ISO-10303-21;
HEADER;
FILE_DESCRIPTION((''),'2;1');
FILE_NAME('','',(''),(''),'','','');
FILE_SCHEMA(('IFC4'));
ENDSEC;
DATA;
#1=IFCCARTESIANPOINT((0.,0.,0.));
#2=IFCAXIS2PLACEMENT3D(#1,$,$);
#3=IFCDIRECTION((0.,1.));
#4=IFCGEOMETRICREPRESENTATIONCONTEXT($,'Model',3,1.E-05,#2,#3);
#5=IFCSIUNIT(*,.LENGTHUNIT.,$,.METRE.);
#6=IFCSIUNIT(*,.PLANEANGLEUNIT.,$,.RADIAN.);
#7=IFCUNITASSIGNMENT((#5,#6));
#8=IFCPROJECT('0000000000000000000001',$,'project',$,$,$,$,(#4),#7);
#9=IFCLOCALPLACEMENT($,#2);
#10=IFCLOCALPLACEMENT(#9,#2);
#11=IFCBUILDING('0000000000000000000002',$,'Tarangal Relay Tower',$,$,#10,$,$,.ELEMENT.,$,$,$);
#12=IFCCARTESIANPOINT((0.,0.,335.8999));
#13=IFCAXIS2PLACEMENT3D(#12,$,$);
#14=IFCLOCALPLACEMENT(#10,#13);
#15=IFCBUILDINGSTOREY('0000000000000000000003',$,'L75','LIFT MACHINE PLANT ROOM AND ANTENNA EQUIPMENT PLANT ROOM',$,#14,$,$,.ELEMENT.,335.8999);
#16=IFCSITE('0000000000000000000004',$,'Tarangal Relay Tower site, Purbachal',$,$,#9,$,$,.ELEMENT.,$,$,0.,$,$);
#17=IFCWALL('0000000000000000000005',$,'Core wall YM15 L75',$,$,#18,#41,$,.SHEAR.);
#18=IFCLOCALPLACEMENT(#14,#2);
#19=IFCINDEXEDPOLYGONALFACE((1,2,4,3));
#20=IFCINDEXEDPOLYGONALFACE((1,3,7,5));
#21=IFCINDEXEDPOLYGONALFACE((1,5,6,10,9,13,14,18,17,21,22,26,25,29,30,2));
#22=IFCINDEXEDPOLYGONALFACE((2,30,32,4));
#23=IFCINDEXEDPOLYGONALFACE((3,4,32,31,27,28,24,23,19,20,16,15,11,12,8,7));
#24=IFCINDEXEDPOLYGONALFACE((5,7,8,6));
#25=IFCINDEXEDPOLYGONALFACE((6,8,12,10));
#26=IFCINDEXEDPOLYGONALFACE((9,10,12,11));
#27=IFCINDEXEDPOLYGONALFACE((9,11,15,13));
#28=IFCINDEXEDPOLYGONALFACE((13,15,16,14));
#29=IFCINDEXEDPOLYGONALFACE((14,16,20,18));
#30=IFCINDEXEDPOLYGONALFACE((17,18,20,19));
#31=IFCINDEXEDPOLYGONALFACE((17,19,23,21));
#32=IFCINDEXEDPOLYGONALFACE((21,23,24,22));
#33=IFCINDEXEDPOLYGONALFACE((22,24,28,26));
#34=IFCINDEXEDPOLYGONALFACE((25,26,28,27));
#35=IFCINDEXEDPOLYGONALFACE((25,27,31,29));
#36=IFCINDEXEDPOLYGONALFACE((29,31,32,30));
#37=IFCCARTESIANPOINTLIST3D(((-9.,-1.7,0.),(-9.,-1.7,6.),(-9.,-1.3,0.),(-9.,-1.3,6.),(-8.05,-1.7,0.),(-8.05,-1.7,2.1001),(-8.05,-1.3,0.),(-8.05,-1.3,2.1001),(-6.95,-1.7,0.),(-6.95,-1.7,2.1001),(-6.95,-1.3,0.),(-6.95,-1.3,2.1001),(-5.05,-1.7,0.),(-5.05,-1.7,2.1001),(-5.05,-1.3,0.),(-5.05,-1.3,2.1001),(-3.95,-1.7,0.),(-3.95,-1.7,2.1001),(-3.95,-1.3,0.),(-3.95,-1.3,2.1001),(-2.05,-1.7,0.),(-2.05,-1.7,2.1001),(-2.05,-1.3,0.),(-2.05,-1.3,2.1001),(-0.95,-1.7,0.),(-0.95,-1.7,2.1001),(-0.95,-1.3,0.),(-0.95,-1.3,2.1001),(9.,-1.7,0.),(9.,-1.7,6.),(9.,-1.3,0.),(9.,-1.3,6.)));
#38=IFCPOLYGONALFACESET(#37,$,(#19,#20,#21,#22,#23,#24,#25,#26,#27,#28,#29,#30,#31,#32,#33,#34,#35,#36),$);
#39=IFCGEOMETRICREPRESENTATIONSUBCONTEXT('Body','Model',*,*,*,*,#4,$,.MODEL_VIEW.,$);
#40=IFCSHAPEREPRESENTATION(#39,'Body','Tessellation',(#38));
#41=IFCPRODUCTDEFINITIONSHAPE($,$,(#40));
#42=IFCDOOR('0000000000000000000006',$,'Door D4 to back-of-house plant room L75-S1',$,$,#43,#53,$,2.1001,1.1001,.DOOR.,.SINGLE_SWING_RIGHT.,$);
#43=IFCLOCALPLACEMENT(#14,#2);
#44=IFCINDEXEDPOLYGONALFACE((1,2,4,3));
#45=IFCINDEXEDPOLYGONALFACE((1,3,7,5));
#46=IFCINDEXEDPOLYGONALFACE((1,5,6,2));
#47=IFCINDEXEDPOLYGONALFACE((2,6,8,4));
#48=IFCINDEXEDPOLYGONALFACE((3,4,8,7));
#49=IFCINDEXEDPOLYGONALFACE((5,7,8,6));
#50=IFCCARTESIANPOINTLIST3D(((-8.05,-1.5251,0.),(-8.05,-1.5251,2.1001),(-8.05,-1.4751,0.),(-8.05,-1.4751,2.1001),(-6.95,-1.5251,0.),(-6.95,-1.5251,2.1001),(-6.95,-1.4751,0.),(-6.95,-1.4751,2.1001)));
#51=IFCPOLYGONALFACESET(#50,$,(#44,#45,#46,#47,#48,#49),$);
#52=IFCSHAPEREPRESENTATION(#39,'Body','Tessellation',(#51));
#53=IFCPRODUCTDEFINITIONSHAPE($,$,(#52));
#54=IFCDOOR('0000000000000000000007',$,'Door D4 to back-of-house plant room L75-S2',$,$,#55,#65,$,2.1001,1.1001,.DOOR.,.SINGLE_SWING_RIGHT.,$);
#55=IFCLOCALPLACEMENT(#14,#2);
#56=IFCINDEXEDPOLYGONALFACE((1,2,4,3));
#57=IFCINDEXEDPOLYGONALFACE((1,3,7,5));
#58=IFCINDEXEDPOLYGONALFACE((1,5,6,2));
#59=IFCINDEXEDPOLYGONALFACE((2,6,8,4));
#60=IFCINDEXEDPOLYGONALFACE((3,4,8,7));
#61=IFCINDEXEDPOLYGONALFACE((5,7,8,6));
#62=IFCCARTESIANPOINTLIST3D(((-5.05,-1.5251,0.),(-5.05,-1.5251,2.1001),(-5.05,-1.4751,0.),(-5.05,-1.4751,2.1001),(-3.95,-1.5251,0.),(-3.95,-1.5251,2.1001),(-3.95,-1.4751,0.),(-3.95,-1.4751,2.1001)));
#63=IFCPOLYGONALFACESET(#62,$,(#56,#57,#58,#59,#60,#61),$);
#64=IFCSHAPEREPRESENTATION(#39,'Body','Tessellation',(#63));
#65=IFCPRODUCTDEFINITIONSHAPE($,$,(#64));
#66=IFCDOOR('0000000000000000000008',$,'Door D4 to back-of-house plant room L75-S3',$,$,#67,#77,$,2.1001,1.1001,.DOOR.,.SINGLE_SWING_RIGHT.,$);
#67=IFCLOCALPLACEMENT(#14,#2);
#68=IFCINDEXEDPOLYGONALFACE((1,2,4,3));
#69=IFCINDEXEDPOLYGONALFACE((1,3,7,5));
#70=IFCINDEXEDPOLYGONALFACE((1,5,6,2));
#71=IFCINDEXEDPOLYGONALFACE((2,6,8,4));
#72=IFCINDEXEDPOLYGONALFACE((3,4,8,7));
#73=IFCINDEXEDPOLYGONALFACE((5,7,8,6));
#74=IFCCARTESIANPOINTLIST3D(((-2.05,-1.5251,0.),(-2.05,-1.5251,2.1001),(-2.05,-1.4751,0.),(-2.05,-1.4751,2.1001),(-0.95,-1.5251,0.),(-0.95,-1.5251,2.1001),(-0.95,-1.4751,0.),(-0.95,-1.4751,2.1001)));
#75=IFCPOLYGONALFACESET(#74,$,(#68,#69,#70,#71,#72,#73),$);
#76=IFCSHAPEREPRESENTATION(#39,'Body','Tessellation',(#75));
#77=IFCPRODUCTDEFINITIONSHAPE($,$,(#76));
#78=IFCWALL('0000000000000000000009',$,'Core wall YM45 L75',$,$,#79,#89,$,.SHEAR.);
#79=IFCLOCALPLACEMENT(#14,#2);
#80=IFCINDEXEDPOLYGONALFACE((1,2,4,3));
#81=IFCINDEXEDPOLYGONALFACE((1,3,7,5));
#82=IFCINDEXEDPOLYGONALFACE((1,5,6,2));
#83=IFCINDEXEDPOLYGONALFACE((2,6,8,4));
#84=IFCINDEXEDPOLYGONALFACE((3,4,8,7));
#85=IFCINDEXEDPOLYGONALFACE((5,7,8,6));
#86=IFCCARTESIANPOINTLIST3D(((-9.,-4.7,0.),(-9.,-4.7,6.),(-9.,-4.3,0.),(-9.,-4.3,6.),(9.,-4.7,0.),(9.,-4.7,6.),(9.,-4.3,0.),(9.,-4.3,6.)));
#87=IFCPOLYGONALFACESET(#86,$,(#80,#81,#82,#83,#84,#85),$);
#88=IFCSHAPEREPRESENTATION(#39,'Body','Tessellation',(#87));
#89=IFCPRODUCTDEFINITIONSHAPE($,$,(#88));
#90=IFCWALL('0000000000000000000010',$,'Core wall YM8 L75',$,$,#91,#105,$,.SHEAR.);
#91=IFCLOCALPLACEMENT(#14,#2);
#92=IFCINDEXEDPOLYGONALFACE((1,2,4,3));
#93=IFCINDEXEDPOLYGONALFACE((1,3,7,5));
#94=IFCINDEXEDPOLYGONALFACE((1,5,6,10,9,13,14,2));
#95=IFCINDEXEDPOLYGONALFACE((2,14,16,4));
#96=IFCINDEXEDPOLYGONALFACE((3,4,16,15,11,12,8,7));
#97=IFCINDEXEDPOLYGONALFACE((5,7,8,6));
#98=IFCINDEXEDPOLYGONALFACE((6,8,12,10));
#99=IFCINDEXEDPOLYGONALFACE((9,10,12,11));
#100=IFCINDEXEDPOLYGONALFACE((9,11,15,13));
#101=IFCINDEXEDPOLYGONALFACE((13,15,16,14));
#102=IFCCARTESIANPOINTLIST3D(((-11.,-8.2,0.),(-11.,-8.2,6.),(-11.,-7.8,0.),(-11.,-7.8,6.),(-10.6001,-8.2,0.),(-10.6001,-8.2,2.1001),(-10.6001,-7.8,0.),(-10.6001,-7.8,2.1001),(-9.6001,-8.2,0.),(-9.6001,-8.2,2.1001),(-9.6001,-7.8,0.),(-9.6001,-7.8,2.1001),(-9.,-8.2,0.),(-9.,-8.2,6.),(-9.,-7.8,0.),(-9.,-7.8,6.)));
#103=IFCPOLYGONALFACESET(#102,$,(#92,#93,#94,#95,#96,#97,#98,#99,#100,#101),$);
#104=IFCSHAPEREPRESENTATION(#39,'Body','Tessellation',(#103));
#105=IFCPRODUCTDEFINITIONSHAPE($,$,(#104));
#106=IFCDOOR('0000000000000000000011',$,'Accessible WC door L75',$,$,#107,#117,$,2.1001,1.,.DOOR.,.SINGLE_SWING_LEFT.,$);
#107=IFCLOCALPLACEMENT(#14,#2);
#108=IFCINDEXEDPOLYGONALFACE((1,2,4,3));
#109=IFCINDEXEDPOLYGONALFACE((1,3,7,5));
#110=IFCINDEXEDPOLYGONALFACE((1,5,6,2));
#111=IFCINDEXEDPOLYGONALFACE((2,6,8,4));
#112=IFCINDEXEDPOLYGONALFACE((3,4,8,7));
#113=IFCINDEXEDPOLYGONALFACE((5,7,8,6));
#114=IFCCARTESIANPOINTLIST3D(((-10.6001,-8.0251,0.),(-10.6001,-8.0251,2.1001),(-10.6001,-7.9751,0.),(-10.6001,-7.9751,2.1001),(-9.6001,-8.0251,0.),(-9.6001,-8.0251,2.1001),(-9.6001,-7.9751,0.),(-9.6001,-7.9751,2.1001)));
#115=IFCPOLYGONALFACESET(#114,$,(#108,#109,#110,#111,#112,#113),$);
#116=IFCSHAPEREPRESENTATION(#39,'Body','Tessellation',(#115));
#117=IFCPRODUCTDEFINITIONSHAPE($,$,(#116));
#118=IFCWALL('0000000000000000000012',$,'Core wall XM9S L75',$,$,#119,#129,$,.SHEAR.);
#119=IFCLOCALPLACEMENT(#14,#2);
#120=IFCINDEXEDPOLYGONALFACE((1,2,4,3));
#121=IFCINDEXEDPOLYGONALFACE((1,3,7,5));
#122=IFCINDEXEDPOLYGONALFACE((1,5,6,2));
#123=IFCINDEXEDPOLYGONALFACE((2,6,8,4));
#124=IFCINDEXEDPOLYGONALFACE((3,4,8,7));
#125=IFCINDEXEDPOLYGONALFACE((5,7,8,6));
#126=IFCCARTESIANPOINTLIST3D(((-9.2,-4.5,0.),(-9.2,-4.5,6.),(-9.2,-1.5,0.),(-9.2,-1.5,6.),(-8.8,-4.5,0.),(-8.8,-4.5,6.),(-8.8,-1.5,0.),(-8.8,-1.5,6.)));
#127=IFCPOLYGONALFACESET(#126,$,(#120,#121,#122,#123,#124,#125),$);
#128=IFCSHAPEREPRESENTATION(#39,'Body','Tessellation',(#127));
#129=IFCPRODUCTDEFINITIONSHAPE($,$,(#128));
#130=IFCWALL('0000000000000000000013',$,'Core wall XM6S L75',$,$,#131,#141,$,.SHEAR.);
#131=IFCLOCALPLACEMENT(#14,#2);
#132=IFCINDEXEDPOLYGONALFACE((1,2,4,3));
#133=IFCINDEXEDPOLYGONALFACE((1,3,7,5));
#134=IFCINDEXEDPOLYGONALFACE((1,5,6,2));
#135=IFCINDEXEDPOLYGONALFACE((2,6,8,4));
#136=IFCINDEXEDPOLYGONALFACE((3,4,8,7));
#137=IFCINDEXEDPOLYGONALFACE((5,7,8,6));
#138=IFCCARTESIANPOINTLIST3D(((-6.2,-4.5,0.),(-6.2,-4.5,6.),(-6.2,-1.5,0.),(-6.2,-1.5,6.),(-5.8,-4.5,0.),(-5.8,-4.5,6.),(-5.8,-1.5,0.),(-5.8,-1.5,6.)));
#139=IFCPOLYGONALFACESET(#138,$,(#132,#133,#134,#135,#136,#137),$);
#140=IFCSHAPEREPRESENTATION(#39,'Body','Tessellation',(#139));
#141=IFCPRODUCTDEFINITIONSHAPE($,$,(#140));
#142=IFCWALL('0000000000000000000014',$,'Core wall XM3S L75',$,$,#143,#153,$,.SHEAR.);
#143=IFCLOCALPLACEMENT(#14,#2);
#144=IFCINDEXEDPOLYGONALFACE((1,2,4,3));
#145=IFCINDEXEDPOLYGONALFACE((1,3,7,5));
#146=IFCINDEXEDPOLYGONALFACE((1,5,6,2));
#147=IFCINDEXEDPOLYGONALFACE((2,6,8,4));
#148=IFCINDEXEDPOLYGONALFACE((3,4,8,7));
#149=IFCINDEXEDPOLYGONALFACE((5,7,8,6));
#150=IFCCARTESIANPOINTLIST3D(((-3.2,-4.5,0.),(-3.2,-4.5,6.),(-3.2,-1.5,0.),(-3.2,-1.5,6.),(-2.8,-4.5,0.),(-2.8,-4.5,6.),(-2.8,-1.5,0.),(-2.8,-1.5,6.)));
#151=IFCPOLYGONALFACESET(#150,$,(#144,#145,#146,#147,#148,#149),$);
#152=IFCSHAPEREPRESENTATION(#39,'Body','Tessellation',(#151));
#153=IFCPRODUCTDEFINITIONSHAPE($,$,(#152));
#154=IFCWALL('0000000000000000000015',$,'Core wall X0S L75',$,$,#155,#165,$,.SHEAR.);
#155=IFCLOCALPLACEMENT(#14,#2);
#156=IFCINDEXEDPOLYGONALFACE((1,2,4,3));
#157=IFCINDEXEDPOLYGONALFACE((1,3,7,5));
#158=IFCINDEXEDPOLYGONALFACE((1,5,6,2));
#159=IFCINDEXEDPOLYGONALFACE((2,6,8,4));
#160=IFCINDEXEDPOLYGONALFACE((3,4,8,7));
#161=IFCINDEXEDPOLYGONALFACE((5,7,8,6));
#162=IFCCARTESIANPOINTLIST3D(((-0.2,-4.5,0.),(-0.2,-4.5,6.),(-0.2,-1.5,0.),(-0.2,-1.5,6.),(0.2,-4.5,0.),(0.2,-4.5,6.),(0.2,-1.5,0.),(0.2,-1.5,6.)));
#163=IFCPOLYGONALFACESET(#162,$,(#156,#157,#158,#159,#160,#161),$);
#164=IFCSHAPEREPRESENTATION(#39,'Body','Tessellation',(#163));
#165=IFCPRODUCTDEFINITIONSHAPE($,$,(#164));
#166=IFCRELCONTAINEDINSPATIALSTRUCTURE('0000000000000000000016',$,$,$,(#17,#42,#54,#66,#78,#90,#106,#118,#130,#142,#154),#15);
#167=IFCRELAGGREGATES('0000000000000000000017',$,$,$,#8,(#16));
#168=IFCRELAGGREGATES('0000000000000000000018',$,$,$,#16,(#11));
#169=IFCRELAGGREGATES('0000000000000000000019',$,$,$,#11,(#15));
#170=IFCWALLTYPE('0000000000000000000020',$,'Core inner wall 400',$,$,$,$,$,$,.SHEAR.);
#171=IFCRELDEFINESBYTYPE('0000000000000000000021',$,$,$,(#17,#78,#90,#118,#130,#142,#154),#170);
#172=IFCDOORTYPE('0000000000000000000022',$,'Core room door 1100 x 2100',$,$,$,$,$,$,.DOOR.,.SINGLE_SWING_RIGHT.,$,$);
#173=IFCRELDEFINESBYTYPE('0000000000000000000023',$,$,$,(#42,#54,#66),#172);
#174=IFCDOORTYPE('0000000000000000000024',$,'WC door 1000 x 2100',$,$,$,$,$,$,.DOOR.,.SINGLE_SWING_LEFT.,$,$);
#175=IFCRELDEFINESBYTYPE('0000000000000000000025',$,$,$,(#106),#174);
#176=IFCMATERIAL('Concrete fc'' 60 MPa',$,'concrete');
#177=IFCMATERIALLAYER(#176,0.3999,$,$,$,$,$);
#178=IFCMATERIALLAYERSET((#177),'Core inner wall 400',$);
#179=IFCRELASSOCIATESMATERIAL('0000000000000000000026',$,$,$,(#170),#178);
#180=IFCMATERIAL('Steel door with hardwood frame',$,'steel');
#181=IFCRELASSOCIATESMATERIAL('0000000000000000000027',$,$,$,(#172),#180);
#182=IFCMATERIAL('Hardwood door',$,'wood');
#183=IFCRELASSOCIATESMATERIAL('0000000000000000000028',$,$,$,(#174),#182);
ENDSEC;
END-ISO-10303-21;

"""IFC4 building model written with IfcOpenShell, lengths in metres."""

from ifc_helpers import new_model, si_unit, direction, frame, frame_2d, origin, place, context, subcontext, project, spatial, rectangle, extrude, material, layer, layer_set, type_object, element, fill, save


model = new_model("IFC4")

# Units and contexts
model_context = context("Model", 3, precision=1e-05, world=origin(), true_north=direction((0.0, 1.0)))
body_context = subcontext(model_context, "Body", "Model", "MODEL_VIEW")
ifc_project = project(units=[si_unit("LENGTHUNIT", "METRE"), si_unit("PLANEANGLEUNIT", "RADIAN")], contexts=[model_context])

# Site, building, storey
site_placement = place(None, origin())
site = spatial("IfcSite", under=ifc_project, at=site_placement, Name="Tarangal Relay Tower site, Purbachal", CompositionType="ELEMENT", RefElevation=0.0)
building_placement = place(site_placement, origin())
building = spatial("IfcBuilding", under=site, at=building_placement, Name="Tarangal Relay Tower", CompositionType="ELEMENT")
storey_placement = place(building_placement, frame((0.0, 0.0, 335.8999)))
storey = spatial("IfcBuildingStorey", under=building, at=storey_placement, Name="L75", Description="LIFT MACHINE PLANT ROOM AND ANTENNA EQUIPMENT PLANT ROOM", CompositionType="ELEMENT", Elevation=335.8999)

# Wall, openings, doors
ifc_material_1 = material(Name="Concrete fc' 60 MPa", Category="concrete")
ifc_layer_1 = layer(ifc_material_1, 0.3999)
ifc_layer_set_1 = layer_set([ifc_layer_1], Name="Core inner wall 400")
wall_type_1 = type_object("IfcWallType", Name="Core inner wall 400", PredefinedType="SHEAR", material=ifc_layer_set_1)
wall_1_placement = place(storey_placement, frame((-9.0, -1.5, 0.0), z_axis=(0.0, 0.0, 1.0), x_axis=(1.0, 0.0, 0.0)))
wall_1 = element("IfcWall", 1, at=wall_1_placement, inside=storey, type_object=wall_type_1, Name="Core wall YM15 L75", PredefinedType="SHEAR", context=body_context, shape_type="SweptSolid", body=[
    extrude(rectangle(XDim=18.0, YDim=0.3999, at=frame_2d((9.0, 0.0))), origin(), (0.0, 0.0, 1.0), 6.0),
])
opening_1_placement = place(wall_1_placement, frame((0.95, 0.0, 0.0)))
opening_1 = element("IfcOpeningElement", 2, at=opening_1_placement, cuts=wall_1, PredefinedType="OPENING", context=body_context, shape_type="SweptSolid", body=[
    extrude(rectangle(XDim=1.1001, YDim=2.1001, at=frame_2d((0.55, 1.05))), frame((0.0, 0.21, 0.0), z_axis=(0.0, -1.0, 0.0), x_axis=(1.0, 0.0, 0.0)), (0.0, 0.0, 1.0), 0.4199),
])
opening_2_placement = place(wall_1_placement, frame((3.95, 0.0, 0.0)))
opening_2 = element("IfcOpeningElement", 3, at=opening_2_placement, cuts=wall_1, PredefinedType="OPENING", context=body_context, shape_type="SweptSolid", body=[
    extrude(rectangle(XDim=1.1001, YDim=2.1001, at=frame_2d((0.55, 1.05))), frame((0.0, 0.21, 0.0), z_axis=(0.0, -1.0, 0.0), x_axis=(1.0, 0.0, 0.0)), (0.0, 0.0, 1.0), 0.4199),
])
opening_3_placement = place(wall_1_placement, frame((6.95, 0.0, 0.0)))
opening_3 = element("IfcOpeningElement", 4, at=opening_3_placement, cuts=wall_1, PredefinedType="OPENING", context=body_context, shape_type="SweptSolid", body=[
    extrude(rectangle(XDim=1.1001, YDim=2.1001, at=frame_2d((0.55, 1.05))), frame((0.0, 0.21, 0.0), z_axis=(0.0, -1.0, 0.0), x_axis=(1.0, 0.0, 0.0)), (0.0, 0.0, 1.0), 0.4199),
])
ifc_material_2 = material(Name="Steel door with hardwood frame", Category="steel")
door_type_1 = type_object("IfcDoorType", Name="Core room door 1100 x 2100", OperationType="SINGLE_SWING_RIGHT", PredefinedType="DOOR", material=ifc_material_2)
door_1_placement = place(opening_1_placement, origin())
door_1 = element("IfcDoor", 5, at=door_1_placement, inside=storey, type_object=door_type_1, Name="Door D4 to back-of-house plant room L75-S1", OperationType="SINGLE_SWING_RIGHT", OverallHeight=2.1001, OverallWidth=1.1001, PredefinedType="DOOR", context=body_context, shape_type="SweptSolid", body=[
    extrude(rectangle(XDim=1.1001, YDim=2.1001, at=frame_2d((0.55, 1.05))), frame((0.0, 0.0249, 0.0), z_axis=(0.0, -1.0, 0.0), x_axis=(1.0, 0.0, 0.0)), (0.0, 0.0, 1.0), 0.05),
])
fill(opening_1, door_1)
door_2_placement = place(opening_2_placement, origin())
door_2 = element("IfcDoor", 6, at=door_2_placement, inside=storey, type_object=door_type_1, Name="Door D4 to back-of-house plant room L75-S2", OperationType="SINGLE_SWING_RIGHT", OverallHeight=2.1001, OverallWidth=1.1001, PredefinedType="DOOR", context=body_context, shape_type="SweptSolid", body=[
    extrude(rectangle(XDim=1.1001, YDim=2.1001, at=frame_2d((0.55, 1.05))), frame((0.0, 0.0249, 0.0), z_axis=(0.0, -1.0, 0.0), x_axis=(1.0, 0.0, 0.0)), (0.0, 0.0, 1.0), 0.05),
])
fill(opening_2, door_2)
door_3_placement = place(opening_3_placement, origin())
door_3 = element("IfcDoor", 7, at=door_3_placement, inside=storey, type_object=door_type_1, Name="Door D4 to back-of-house plant room L75-S3", OperationType="SINGLE_SWING_RIGHT", OverallHeight=2.1001, OverallWidth=1.1001, PredefinedType="DOOR", context=body_context, shape_type="SweptSolid", body=[
    extrude(rectangle(XDim=1.1001, YDim=2.1001, at=frame_2d((0.55, 1.05))), frame((0.0, 0.0249, 0.0), z_axis=(0.0, -1.0, 0.0), x_axis=(1.0, 0.0, 0.0)), (0.0, 0.0, 1.0), 0.05),
])
fill(opening_3, door_3)

# Wall
wall_2_placement = place(storey_placement, frame((-9.0, -4.5, 0.0), z_axis=(0.0, 0.0, 1.0), x_axis=(1.0, 0.0, 0.0)))
element("IfcWall", 8, at=wall_2_placement, inside=storey, type_object=wall_type_1, Name="Core wall YM45 L75", PredefinedType="SHEAR", context=body_context, shape_type="SweptSolid", body=[
    extrude(rectangle(XDim=18.0, YDim=0.3999, at=frame_2d((9.0, 0.0))), origin(), (0.0, 0.0, 1.0), 6.0),
])

# Wall, opening, door
wall_3_placement = place(storey_placement, frame((-11.0, -8.0, 0.0), z_axis=(0.0, 0.0, 1.0), x_axis=(1.0, 0.0, 0.0)))
wall_3 = element("IfcWall", 9, at=wall_3_placement, inside=storey, type_object=wall_type_1, Name="Core wall YM8 L75", PredefinedType="SHEAR", context=body_context, shape_type="SweptSolid", body=[
    extrude(rectangle(XDim=2.0, YDim=0.3999, at=frame_2d((1.0, 0.0))), origin(), (0.0, 0.0, 1.0), 6.0),
])
opening_4_placement = place(wall_3_placement, frame((0.3999, 0.0, 0.0)))
opening_4 = element("IfcOpeningElement", 10, at=opening_4_placement, cuts=wall_3, PredefinedType="OPENING", context=body_context, shape_type="SweptSolid", body=[
    extrude(rectangle(XDim=1.0, YDim=2.1001, at=frame_2d((0.5, 1.05))), frame((0.0, 0.21, 0.0), z_axis=(0.0, -1.0, 0.0), x_axis=(1.0, 0.0, 0.0)), (0.0, 0.0, 1.0), 0.4199),
])
ifc_material_3 = material(Name="Hardwood door", Category="wood")
door_type_2 = type_object("IfcDoorType", Name="WC door 1000 x 2100", OperationType="SINGLE_SWING_LEFT", PredefinedType="DOOR", material=ifc_material_3)
door_4_placement = place(opening_4_placement, origin())
door_4 = element("IfcDoor", 11, at=door_4_placement, inside=storey, type_object=door_type_2, Name="Accessible WC door L75", OperationType="SINGLE_SWING_LEFT", OverallHeight=2.1001, OverallWidth=1.0, PredefinedType="DOOR", context=body_context, shape_type="SweptSolid", body=[
    extrude(rectangle(XDim=1.0, YDim=2.1001, at=frame_2d((0.5, 1.05))), frame((0.0, 0.0249, 0.0), z_axis=(0.0, -1.0, 0.0), x_axis=(1.0, 0.0, 0.0)), (0.0, 0.0, 1.0), 0.05),
])
fill(opening_4, door_4)

# Walls
for number, where, z_axis, x_axis, name in (
    (12, (-9.0, -4.5, 0.0), (0.0, 0.0, 1.0), (0.0, 1.0, 0.0), "Core wall XM9S L75"),
    (13, (-6.0, -4.5, 0.0), (0.0, 0.0, 1.0), (0.0, 1.0, 0.0), "Core wall XM6S L75"),
    (14, (-3.0, -4.5, 0.0), (0.0, 0.0, 1.0), (0.0, 1.0, 0.0), "Core wall XM3S L75"),
    (15, (0.0, -4.5, 0.0), (0.0, 0.0, 1.0), (0.0, 1.0, 0.0), "Core wall X0S L75"),
):
    element("IfcWall", number, at=place(storey_placement, frame(where, z_axis=z_axis, x_axis=x_axis)), inside=storey, type_object=wall_type_1, Name=name, PredefinedType="SHEAR", context=body_context, shape_type="SweptSolid", body=[
        extrude(rectangle(XDim=3.0, YDim=0.3999, at=frame_2d((1.5, 0.0))), origin(), (0.0, 0.0, 1.0), 6.0),
    ])

save(model, "model.ifc")
